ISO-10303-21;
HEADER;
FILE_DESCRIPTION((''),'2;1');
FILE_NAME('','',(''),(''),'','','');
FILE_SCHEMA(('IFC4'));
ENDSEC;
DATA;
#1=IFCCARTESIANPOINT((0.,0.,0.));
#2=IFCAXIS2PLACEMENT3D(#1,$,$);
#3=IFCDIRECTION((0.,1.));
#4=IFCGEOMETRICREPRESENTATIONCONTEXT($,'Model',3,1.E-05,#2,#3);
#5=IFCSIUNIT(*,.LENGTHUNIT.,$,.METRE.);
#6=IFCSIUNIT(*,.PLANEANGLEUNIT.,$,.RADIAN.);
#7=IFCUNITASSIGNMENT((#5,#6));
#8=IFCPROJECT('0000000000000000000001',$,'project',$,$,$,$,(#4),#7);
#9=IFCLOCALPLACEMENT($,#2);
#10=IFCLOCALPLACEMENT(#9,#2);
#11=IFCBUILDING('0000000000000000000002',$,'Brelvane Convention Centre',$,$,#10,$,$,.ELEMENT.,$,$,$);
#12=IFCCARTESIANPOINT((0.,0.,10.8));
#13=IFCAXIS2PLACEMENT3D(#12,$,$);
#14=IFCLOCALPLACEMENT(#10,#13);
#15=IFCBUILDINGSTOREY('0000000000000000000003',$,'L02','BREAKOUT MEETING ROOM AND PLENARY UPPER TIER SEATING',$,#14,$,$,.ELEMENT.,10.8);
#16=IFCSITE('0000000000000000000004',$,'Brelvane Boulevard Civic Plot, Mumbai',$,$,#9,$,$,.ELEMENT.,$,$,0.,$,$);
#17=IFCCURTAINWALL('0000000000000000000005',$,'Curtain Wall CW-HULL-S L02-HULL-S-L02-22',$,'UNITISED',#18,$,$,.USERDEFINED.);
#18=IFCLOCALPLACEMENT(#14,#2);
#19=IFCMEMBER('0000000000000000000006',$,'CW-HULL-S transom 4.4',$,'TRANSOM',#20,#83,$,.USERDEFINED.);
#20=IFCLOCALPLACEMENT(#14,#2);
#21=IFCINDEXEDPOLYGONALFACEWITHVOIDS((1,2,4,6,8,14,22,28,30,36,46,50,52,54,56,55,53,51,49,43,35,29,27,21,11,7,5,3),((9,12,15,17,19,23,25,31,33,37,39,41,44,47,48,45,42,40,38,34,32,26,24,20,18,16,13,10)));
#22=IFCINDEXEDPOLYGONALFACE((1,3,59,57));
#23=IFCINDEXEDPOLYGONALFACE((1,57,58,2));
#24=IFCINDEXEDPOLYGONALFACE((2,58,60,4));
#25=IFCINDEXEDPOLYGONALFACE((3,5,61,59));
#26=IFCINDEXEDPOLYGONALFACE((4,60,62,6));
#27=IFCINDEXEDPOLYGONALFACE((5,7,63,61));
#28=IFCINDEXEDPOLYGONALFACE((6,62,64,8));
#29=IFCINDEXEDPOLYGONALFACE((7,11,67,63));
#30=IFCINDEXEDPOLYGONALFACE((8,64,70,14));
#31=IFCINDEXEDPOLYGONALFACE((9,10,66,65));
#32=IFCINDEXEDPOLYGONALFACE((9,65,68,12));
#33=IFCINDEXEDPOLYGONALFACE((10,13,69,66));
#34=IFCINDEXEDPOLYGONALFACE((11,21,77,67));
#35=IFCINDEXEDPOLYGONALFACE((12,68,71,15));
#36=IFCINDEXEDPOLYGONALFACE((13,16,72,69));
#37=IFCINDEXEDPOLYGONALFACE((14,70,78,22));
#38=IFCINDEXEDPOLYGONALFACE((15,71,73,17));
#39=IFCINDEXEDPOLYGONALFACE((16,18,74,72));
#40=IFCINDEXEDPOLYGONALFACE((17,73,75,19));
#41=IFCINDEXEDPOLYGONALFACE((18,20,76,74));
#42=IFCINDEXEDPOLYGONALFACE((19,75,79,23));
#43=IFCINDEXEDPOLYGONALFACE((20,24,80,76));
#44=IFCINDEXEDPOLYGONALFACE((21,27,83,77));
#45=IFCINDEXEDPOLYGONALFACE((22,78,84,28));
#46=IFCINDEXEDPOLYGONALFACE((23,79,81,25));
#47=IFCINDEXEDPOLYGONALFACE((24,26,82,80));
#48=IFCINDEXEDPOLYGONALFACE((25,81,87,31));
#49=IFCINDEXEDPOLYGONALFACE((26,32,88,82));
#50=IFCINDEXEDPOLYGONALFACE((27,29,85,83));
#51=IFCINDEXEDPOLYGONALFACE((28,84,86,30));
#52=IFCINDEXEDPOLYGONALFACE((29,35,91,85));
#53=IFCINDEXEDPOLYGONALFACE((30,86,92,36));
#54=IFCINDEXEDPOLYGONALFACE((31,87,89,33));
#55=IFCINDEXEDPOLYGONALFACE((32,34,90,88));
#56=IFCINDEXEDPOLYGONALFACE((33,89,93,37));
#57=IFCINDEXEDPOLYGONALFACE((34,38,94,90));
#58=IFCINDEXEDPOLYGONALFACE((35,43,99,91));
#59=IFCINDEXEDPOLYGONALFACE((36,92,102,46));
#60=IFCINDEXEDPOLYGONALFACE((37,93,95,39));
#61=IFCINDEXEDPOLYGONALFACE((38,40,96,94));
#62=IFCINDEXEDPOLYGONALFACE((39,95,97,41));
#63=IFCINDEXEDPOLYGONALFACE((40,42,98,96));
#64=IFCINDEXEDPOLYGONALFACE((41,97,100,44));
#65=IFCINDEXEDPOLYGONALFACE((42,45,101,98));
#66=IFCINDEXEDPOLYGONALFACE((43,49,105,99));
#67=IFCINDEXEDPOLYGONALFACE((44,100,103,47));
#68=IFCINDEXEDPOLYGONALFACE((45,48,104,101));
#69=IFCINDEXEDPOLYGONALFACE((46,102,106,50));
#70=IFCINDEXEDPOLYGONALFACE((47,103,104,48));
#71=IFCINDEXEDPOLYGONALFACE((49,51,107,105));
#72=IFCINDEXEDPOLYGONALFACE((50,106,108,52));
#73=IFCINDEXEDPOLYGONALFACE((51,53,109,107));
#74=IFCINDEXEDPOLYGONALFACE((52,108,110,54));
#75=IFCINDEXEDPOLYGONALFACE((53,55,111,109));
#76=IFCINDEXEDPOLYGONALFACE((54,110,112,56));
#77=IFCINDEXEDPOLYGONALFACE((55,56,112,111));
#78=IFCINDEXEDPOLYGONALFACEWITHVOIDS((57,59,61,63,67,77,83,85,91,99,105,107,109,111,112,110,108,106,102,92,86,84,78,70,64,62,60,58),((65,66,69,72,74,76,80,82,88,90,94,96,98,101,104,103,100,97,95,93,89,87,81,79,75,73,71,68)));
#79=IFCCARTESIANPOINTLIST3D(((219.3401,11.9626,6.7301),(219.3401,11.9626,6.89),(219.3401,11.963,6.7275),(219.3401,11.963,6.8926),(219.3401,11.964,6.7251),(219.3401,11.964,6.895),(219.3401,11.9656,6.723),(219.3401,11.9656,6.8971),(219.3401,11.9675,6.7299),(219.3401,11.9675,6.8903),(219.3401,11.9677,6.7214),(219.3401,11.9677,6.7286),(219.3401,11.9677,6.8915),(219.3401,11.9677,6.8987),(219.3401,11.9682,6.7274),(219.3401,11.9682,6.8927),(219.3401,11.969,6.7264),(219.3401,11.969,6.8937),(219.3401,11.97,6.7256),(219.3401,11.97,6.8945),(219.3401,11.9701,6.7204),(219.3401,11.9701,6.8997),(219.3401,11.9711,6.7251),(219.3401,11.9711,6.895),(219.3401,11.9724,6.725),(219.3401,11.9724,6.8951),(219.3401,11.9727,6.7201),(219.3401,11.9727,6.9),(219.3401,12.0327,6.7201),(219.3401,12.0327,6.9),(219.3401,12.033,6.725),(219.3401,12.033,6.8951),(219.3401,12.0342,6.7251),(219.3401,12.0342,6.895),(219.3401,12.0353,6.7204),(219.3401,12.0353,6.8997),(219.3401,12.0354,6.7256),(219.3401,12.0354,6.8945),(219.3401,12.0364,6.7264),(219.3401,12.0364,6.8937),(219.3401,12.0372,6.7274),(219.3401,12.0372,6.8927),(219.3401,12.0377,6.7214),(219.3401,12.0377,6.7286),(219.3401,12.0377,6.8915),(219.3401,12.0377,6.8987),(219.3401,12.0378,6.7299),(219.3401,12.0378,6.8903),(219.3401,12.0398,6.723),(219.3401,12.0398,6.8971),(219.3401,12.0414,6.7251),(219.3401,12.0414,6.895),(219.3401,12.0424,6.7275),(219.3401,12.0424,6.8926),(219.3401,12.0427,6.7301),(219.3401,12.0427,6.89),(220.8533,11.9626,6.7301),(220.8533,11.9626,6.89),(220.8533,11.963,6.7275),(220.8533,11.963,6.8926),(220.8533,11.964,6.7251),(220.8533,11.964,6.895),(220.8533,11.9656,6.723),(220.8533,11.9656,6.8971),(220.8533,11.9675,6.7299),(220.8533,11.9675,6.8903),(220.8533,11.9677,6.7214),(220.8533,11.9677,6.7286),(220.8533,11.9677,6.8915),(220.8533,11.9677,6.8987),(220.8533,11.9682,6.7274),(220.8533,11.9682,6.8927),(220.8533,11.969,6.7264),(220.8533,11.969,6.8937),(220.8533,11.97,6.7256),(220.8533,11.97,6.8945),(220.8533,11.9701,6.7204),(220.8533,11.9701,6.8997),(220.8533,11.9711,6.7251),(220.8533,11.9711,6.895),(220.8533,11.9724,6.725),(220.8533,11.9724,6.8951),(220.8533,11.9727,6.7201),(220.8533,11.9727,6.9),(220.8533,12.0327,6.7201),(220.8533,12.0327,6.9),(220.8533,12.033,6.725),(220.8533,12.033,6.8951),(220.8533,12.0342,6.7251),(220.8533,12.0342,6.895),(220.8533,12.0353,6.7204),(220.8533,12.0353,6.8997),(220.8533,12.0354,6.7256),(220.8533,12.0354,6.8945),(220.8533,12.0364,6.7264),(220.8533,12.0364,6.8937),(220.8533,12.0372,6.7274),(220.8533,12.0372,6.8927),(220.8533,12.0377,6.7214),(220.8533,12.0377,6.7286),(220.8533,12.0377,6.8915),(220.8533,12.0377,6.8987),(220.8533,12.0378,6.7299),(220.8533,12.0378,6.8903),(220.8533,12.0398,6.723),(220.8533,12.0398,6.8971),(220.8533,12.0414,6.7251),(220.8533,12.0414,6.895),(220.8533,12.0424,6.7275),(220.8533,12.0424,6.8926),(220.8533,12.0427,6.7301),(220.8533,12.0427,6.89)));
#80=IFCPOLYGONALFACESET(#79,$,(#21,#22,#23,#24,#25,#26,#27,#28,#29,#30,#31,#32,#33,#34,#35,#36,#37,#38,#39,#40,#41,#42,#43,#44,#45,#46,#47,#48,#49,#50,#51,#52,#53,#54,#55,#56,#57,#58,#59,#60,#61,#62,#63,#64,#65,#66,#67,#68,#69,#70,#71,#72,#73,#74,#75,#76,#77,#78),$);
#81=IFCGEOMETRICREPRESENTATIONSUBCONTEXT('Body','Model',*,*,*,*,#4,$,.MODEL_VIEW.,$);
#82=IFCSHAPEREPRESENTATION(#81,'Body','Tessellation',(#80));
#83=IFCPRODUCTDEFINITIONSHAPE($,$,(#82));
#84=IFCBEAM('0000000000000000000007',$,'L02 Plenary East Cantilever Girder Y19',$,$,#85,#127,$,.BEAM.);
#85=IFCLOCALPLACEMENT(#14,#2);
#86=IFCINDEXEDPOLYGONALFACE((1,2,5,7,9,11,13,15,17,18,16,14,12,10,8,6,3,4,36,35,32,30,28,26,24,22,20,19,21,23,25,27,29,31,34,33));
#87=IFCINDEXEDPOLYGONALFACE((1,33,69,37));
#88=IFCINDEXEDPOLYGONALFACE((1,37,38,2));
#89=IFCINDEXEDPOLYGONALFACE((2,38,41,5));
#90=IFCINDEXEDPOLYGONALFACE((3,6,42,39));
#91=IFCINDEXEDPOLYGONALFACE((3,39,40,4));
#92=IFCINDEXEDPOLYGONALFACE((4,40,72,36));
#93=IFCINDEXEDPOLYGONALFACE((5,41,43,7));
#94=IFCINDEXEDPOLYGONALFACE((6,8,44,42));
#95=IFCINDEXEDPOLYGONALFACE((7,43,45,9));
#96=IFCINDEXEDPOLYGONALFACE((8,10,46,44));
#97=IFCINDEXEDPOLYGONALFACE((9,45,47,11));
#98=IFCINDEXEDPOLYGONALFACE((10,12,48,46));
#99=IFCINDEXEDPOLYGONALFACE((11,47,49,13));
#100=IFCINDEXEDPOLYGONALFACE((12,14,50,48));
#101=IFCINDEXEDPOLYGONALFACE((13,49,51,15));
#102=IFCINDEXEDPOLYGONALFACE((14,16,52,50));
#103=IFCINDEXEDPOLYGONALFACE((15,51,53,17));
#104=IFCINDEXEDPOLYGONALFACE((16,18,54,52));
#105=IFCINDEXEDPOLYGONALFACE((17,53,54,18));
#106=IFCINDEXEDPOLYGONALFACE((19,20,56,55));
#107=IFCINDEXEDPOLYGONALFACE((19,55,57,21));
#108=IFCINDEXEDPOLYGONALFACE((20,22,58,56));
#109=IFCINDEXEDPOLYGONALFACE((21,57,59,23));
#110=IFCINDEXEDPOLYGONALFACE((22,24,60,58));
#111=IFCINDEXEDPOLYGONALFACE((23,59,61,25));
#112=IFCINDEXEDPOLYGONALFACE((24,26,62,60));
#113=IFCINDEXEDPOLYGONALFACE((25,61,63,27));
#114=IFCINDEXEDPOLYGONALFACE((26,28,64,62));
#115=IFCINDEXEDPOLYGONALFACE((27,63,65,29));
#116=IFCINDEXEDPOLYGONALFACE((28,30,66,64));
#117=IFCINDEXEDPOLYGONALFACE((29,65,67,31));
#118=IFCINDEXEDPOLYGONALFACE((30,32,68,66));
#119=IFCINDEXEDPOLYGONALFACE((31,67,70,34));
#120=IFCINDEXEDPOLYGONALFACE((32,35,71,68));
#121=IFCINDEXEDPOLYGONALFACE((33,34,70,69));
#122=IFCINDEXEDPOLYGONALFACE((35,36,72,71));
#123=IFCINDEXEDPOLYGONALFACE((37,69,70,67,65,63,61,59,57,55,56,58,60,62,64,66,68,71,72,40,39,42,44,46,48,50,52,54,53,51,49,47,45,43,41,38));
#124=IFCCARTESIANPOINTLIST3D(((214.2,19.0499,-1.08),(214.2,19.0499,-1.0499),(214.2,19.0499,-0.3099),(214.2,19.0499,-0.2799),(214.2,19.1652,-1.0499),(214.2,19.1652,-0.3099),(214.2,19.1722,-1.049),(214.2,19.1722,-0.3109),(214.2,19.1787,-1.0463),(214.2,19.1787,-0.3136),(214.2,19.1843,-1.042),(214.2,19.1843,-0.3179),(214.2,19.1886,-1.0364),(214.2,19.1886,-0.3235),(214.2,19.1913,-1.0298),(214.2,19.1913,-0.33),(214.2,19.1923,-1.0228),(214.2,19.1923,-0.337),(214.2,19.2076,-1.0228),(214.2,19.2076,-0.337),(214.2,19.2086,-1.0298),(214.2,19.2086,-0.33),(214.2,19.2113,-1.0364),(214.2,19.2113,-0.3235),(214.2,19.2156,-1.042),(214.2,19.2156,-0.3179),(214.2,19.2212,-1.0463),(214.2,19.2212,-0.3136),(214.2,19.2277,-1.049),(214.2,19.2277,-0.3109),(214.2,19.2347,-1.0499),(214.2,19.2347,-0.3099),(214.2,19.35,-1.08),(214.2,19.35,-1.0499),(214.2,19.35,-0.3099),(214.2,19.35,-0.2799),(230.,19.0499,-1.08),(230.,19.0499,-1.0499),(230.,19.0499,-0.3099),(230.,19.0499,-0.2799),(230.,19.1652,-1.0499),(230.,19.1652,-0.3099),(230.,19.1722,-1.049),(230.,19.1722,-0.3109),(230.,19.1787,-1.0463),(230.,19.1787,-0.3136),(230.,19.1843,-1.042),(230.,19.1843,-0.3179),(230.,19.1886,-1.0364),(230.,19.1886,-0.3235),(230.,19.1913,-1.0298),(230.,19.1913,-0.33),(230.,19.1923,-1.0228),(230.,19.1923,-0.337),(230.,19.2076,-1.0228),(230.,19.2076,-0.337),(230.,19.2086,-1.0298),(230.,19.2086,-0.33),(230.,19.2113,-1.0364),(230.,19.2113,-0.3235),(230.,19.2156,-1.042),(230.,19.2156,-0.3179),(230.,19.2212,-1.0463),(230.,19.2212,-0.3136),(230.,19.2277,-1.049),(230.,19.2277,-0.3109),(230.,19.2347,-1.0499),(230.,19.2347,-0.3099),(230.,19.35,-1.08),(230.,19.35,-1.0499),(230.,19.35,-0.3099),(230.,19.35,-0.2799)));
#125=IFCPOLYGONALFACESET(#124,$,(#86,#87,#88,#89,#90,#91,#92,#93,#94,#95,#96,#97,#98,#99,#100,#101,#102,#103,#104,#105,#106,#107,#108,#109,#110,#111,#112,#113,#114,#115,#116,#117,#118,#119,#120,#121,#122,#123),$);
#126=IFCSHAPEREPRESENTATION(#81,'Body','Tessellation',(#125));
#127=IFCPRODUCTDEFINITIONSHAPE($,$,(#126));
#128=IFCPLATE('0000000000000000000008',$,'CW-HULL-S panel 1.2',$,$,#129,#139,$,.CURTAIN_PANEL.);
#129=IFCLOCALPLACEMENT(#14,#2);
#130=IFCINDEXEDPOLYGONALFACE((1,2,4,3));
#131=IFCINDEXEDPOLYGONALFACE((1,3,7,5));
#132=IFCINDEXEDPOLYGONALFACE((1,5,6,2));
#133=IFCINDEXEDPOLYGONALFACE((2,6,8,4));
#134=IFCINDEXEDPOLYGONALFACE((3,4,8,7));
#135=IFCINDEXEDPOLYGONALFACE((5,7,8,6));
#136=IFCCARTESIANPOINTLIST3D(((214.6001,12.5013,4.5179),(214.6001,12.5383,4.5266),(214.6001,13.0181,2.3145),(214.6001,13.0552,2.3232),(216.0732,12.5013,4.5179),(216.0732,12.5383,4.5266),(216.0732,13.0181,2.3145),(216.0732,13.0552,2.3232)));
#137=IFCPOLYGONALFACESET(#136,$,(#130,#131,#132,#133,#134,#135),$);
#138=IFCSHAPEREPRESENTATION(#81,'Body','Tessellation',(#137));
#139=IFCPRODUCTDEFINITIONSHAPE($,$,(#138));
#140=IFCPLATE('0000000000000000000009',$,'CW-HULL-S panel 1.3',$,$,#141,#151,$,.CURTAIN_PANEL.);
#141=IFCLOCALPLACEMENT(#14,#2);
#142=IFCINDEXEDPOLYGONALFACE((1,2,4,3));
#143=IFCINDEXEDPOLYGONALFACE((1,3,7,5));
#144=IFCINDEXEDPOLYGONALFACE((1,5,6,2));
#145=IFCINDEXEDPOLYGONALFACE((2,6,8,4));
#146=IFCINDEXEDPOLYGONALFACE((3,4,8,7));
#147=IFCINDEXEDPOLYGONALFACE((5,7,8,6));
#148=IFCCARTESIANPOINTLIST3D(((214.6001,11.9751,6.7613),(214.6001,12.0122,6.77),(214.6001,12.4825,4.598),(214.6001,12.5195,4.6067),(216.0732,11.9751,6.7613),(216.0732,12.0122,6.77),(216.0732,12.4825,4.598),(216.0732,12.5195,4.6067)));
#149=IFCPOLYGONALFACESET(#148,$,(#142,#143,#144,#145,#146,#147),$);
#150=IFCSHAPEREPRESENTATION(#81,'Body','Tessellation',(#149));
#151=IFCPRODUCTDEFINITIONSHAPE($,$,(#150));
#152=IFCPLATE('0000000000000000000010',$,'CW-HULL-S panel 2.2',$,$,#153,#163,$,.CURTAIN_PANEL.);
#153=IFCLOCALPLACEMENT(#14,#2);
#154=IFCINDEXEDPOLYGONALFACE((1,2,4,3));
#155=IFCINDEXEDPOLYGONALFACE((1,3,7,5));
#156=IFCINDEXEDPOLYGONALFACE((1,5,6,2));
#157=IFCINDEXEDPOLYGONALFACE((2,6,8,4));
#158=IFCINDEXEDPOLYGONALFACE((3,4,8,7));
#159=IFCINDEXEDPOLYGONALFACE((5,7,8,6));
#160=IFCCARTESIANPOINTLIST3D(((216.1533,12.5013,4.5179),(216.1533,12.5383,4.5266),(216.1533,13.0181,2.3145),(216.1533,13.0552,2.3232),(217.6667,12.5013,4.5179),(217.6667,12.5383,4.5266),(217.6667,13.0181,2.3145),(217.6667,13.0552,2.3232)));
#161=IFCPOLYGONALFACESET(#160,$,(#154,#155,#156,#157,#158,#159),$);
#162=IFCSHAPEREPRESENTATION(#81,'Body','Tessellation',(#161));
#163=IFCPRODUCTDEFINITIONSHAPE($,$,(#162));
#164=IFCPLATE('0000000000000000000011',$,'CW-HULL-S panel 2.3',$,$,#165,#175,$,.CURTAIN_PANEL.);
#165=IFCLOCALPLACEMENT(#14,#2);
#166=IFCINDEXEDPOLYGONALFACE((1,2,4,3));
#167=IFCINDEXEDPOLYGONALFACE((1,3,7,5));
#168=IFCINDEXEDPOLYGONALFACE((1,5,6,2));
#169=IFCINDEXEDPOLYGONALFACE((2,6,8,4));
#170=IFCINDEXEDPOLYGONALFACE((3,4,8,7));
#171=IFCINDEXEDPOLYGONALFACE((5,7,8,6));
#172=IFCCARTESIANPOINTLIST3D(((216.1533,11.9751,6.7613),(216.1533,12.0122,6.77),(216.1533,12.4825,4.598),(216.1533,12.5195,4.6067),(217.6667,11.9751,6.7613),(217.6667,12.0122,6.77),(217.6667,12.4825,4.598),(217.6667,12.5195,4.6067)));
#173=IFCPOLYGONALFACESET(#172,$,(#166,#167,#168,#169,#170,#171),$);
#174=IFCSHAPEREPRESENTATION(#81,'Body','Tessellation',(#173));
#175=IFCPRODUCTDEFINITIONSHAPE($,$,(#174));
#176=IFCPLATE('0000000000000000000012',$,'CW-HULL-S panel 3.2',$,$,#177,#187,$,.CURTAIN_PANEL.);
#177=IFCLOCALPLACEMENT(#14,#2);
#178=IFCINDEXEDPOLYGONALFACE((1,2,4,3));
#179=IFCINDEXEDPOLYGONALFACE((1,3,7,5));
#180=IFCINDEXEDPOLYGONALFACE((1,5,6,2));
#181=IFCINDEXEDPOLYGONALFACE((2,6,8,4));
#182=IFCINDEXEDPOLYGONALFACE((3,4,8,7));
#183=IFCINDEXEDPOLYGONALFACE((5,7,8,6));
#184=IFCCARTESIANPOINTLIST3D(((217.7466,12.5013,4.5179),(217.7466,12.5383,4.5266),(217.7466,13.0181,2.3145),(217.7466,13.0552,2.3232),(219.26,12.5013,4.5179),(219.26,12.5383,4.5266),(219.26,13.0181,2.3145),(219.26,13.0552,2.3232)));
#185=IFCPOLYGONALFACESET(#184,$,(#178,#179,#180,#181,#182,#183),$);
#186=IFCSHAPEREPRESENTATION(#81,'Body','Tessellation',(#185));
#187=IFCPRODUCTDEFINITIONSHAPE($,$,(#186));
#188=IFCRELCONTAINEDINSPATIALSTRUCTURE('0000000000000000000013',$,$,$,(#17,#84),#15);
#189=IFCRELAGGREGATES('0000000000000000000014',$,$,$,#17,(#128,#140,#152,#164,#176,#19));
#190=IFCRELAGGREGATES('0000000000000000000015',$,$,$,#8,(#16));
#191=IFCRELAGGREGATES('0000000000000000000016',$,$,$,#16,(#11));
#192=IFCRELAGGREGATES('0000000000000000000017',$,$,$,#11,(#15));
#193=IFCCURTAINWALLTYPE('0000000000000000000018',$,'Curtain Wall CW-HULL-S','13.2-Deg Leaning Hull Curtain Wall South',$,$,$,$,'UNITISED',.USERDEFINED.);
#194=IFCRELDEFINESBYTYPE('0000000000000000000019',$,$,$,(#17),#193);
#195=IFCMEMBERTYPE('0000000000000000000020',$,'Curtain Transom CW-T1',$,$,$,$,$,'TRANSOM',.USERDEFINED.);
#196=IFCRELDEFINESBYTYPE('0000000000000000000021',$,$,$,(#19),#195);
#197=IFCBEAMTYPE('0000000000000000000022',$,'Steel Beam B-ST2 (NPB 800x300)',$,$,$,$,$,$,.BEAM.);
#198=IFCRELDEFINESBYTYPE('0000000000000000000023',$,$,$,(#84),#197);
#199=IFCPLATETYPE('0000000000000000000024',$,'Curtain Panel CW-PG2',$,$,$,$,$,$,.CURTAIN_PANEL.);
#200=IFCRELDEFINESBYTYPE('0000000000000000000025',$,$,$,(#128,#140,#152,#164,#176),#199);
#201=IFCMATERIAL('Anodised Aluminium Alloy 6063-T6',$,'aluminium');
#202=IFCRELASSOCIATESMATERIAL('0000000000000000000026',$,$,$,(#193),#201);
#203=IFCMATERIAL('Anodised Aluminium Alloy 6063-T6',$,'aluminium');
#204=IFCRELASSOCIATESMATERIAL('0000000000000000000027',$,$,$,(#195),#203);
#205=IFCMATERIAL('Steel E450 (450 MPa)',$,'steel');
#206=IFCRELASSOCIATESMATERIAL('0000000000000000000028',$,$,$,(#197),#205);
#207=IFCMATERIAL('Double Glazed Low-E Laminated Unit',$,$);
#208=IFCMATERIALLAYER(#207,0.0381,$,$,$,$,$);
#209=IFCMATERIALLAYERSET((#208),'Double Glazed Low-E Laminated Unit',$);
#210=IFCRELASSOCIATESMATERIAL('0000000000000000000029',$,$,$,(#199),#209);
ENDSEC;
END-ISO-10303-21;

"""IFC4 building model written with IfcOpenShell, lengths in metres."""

from ifc_helpers import new_model, si_unit, direction, frame, origin, origin_2d, place, context, subcontext, project, spatial, polyline, hollow_rectangle, i_section, outline, extrude, material, layer, layer_set, material_profile, profile_set, type_object, element, aggregate, save


model = new_model("IFC4")

# Units and contexts
model_context = context("Model", 3, precision=1e-05, world=origin(), true_north=direction((0.0, 1.0)))
body_context = subcontext(model_context, "Body", "Model", "MODEL_VIEW")
ifc_project = project(units=[si_unit("LENGTHUNIT", "METRE"), si_unit("PLANEANGLEUNIT", "RADIAN")], contexts=[model_context])

# Site, building, storey
site_placement = place(None, origin())
site = spatial("IfcSite", under=ifc_project, at=site_placement, Name="Brelvane Boulevard Civic Plot, Mumbai", CompositionType="ELEMENT", RefElevation=0.0)
building_placement = place(site_placement, origin())
building = spatial("IfcBuilding", under=site, at=building_placement, Name="Brelvane Convention Centre", CompositionType="ELEMENT")
storey_placement = place(building_placement, frame((0.0, 0.0, 10.8)))
storey = spatial("IfcBuildingStorey", under=building, at=storey_placement, Name="L02", Description="BREAKOUT MEETING ROOM AND PLENARY UPPER TIER SEATING", CompositionType="ELEMENT", Elevation=10.8)

# Curtain wall, member
ifc_material_1 = material(Name="Anodised Aluminium Alloy 6063-T6", Category="aluminium")
curtain_wall_type = type_object("IfcCurtainWallType", Name="Curtain Wall CW-HULL-S", Description="13.2-Deg Leaning Hull Curtain Wall South", ElementType="UNITISED", PredefinedType="USERDEFINED", material=ifc_material_1)
curtain_wall_placement = place(storey_placement, origin())
curtain_wall = element("IfcCurtainWall", 1, at=curtain_wall_placement, inside=storey, type_object=curtain_wall_type, Name="Curtain Wall CW-HULL-S L02-HULL-S-L02-22", ObjectType="UNITISED", PredefinedType="USERDEFINED")
ifc_material_2 = material(Name="Anodised Aluminium Alloy 6063-T6", Category="aluminium")
ifc_material_profile_1 = material_profile(ifc_material_2, hollow_rectangle(XDim=0.0801, YDim=0.1799, WallThickness=0.0049, InnerFilletRadius=0.0049, OuterFilletRadius=0.01, at=origin_2d()), Name="ALU-T 180x80x5.0")
ifc_profile_set_1 = profile_set([ifc_material_profile_1], Name="Anodised Aluminium Alloy 6063-T6")
member_type_1 = type_object("IfcMemberType", Name="Curtain Transom CW-T1", ElementType="TRANSOM", PredefinedType="USERDEFINED", material=ifc_profile_set_1)
member_1_placement = place(storey_placement, frame((219.3401, 12.0027, 6.8101), z_axis=(1.0, 0.0, 0.0), x_axis=(0.0, 1.0, 0.0)))
member_1 = element("IfcMember", 2, at=member_1_placement, type_object=member_type_1, Name="CW-HULL-S transom 4.4", ObjectType="TRANSOM", PredefinedType="USERDEFINED", context=body_context, shape_type="SweptSolid", body=[
    extrude(hollow_rectangle(XDim=0.0801, YDim=0.1799, WallThickness=0.0049, InnerFilletRadius=0.0049, OuterFilletRadius=0.01, at=origin_2d()), origin(), (0.0, 0.0, 1.0), 1.5132),
])

# Beam
ifc_material_3 = material(Name="Steel E450 (450 MPa)", Category="steel")
ifc_material_profile_2 = material_profile(ifc_material_3, i_section(OverallWidth=0.3, OverallDepth=0.8, WebThickness=0.0154, FlangeThickness=0.03, FilletRadius=0.0271, at=origin_2d()), Name="NPB 800x300")
ifc_profile_set_2 = profile_set([ifc_material_profile_2], Name="Steel E450 (450 MPa)")
beam_type = type_object("IfcBeamType", Name="Steel Beam B-ST2 (NPB 800x300)", PredefinedType="BEAM", material=ifc_profile_set_2)
beam_placement = place(storey_placement, frame((214.2, 19.2, -0.6799), z_axis=(1.0, 0.0, 0.0), x_axis=(0.0, 1.0, 0.0)))
element("IfcBeam", 3, at=beam_placement, inside=storey, type_object=beam_type, Name="L02 Plenary East Cantilever Girder Y19", PredefinedType="BEAM", context=body_context, shape_type="SweptSolid", body=[
    extrude(i_section(OverallWidth=0.3, OverallDepth=0.8, WebThickness=0.0154, FlangeThickness=0.03, FilletRadius=0.0271, at=origin_2d()), origin(), (0.0, 0.0, 1.0), 15.8),
])

# Plates
ifc_material_4 = material(Name="Double Glazed Low-E Laminated Unit")
ifc_layer_1 = layer(ifc_material_4, 0.0381)
ifc_layer_set_1 = layer_set([ifc_layer_1], Name="Double Glazed Low-E Laminated Unit")
plate_type_1 = type_object("IfcPlateType", Name="Curtain Panel CW-PG2", PredefinedType="CURTAIN_PANEL", material=ifc_layer_set_1)
plate_1_placement = place(storey_placement, frame((214.6001, 13.0552, 2.3232), z_axis=(0.0, 0.973574, 0.228372), x_axis=(1.0, 0.0, 0.0)))
plate_1 = element("IfcPlate", 4, at=plate_1_placement, type_object=plate_type_1, Name="CW-HULL-S panel 1.2", PredefinedType="CURTAIN_PANEL", context=body_context, shape_type="SweptSolid", body=[
    extrude(outline(polyline([(0.0, 0.0), (1.4731, 0.0), (1.4731, -2.2632), (0.0, -2.2632), (0.0, 0.0)])), origin(), (0.0, 0.0, -1.0), 0.0381),
])
plate_2_placement = place(storey_placement, frame((214.6001, 12.5195, 4.6067), z_axis=(0.0, 0.973587, 0.228317), x_axis=(1.0, 0.0, 0.0)))
plate_2 = element("IfcPlate", 5, at=plate_2_placement, type_object=plate_type_1, Name="CW-HULL-S panel 1.3", PredefinedType="CURTAIN_PANEL", context=body_context, shape_type="SweptSolid", body=[
    extrude(outline(polyline([(0.0, 0.0), (1.4731, 0.0), (1.4731, -2.222), (0.0, -2.222), (0.0, 0.0)])), origin(), (0.0, 0.0, -1.0), 0.0381),
])
plate_3_placement = place(storey_placement, frame((216.1533, 13.0552, 2.3232), z_axis=(0.0, 0.973574, 0.228372), x_axis=(1.0, 0.0, 0.0)))
plate_3 = element("IfcPlate", 6, at=plate_3_placement, type_object=plate_type_1, Name="CW-HULL-S panel 2.2", PredefinedType="CURTAIN_PANEL", context=body_context, shape_type="SweptSolid", body=[
    extrude(outline(polyline([(0.0, 0.0), (1.5134, 0.0), (1.5134, -2.2632), (0.0, -2.2632), (0.0, 0.0)])), origin(), (0.0, 0.0, -1.0), 0.0381),
])
plate_4_placement = place(storey_placement, frame((216.1533, 12.5195, 4.6067), z_axis=(0.0, 0.973587, 0.228317), x_axis=(1.0, 0.0, 0.0)))
plate_4 = element("IfcPlate", 7, at=plate_4_placement, type_object=plate_type_1, Name="CW-HULL-S panel 2.3", PredefinedType="CURTAIN_PANEL", context=body_context, shape_type="SweptSolid", body=[
    extrude(outline(polyline([(0.0, 0.0), (1.5134, 0.0), (1.5134, -2.222), (0.0, -2.222), (0.0, 0.0)])), origin(), (0.0, 0.0, -1.0), 0.0381),
])
plate_5_placement = place(storey_placement, frame((217.7466, 13.0552, 2.3232), z_axis=(0.0, 0.973574, 0.228372), x_axis=(1.0, 0.0, 0.0)))
plate_5 = element("IfcPlate", 8, at=plate_5_placement, type_object=plate_type_1, Name="CW-HULL-S panel 3.2", PredefinedType="CURTAIN_PANEL", context=body_context, shape_type="SweptSolid", body=[
    extrude(outline(polyline([(0.0, 0.0), (1.5134, 0.0), (1.5134, -2.2632), (0.0, -2.2632), (0.0, 0.0)])), origin(), (0.0, 0.0, -1.0), 0.0381),
])
aggregate(curtain_wall, [plate_1, plate_2, plate_3, plate_4, plate_5, member_1])

save(model, "model.ifc")
